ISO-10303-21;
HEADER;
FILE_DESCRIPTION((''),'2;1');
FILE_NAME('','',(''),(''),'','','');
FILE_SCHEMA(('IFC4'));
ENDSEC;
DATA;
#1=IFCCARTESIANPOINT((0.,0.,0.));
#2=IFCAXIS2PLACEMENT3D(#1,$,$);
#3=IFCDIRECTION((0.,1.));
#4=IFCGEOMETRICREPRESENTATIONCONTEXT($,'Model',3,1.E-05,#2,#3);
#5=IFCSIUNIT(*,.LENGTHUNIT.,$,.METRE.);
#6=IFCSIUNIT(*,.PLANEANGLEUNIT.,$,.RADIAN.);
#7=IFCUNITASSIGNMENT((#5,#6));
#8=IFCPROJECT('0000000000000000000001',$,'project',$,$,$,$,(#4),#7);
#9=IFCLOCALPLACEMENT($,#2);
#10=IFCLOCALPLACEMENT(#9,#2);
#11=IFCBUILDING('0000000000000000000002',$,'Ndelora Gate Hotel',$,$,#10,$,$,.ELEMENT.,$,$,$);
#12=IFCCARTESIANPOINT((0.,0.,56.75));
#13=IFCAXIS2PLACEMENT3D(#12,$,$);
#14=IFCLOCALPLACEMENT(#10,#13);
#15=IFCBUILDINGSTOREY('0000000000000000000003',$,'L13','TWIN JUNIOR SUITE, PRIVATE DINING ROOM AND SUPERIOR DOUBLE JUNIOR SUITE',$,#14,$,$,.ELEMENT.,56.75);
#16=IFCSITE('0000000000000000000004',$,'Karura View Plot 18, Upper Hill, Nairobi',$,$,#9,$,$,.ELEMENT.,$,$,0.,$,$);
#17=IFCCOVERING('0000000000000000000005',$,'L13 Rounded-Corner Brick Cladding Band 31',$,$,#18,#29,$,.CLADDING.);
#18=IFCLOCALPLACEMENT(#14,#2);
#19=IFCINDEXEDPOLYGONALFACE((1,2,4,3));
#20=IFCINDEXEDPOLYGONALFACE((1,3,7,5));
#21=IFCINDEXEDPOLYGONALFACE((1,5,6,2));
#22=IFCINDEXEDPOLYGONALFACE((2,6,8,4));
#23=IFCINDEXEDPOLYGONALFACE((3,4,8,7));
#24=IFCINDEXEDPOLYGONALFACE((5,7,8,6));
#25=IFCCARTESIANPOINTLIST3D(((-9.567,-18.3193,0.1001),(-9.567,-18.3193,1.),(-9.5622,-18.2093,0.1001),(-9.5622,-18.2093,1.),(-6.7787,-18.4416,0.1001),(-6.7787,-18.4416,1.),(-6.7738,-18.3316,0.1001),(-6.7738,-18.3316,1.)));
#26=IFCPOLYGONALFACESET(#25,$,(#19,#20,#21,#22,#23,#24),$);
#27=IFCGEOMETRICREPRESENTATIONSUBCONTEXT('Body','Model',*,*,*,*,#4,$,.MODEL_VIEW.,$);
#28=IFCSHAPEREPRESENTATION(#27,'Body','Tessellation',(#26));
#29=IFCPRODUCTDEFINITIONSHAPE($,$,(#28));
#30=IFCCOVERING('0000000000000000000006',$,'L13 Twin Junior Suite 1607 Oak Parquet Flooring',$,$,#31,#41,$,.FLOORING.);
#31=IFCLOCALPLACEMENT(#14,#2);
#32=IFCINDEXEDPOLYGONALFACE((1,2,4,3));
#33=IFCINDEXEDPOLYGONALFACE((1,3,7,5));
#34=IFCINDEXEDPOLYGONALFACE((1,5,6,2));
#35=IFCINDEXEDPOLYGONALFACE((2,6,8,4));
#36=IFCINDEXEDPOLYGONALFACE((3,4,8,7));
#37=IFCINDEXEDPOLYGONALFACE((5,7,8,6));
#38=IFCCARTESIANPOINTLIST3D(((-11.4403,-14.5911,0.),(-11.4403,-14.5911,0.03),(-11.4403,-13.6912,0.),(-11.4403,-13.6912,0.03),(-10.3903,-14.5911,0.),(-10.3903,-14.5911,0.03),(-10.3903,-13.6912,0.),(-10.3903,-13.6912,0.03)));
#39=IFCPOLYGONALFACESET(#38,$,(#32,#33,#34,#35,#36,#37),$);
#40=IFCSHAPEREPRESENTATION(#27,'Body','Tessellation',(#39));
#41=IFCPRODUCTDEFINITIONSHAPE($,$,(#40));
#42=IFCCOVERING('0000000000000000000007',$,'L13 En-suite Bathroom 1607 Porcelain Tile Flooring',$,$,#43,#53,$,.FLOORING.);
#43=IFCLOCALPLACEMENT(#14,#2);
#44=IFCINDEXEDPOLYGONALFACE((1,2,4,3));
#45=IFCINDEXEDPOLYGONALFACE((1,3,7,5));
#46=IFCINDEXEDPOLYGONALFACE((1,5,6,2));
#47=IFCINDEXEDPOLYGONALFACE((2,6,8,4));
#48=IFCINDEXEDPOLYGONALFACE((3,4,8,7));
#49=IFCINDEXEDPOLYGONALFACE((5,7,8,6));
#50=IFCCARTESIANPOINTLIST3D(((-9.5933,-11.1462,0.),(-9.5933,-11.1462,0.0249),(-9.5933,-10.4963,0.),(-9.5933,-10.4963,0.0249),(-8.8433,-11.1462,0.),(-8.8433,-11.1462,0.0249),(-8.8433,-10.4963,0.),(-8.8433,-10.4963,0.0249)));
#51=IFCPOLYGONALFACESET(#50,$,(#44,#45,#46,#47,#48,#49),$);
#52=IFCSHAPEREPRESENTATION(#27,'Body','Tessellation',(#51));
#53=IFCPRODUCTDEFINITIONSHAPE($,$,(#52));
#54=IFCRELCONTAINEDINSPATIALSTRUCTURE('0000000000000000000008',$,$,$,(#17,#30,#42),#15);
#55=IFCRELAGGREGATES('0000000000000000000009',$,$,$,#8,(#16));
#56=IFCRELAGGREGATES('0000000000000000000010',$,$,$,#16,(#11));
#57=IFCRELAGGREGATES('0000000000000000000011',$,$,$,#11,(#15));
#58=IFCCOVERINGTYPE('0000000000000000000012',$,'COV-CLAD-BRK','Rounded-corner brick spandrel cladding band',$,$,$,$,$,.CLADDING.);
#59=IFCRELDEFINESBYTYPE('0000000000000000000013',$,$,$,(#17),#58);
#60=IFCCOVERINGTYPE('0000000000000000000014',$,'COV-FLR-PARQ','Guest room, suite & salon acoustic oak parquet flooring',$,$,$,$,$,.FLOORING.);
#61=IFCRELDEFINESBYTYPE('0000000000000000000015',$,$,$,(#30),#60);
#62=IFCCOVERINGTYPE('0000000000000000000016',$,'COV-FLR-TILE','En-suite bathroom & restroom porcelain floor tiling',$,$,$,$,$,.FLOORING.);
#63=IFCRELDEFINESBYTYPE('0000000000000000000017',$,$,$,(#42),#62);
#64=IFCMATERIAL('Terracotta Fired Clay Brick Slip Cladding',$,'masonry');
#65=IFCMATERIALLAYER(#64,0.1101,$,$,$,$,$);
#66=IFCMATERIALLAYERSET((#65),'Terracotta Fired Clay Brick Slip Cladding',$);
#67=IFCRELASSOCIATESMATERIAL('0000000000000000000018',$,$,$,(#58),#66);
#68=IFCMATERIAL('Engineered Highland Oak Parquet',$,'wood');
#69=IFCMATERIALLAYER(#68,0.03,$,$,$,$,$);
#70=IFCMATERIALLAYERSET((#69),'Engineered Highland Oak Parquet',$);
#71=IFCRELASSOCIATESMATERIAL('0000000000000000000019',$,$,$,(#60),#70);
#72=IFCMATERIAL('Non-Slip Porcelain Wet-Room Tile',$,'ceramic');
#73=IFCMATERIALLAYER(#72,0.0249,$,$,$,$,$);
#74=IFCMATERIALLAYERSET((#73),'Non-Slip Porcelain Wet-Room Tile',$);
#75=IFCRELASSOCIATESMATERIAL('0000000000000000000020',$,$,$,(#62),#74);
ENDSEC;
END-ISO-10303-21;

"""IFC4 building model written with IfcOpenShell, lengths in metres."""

from ifc_helpers import new_model, si_unit, direction, frame, origin, origin_2d, place, context, subcontext, project, spatial, rectangle, extrude, material, layer, layer_set, type_object, element, save


model = new_model("IFC4")

# Units and contexts
model_context = context("Model", 3, precision=1e-05, world=origin(), true_north=direction((0.0, 1.0)))
body_context = subcontext(model_context, "Body", "Model", "MODEL_VIEW")
ifc_project = project(units=[si_unit("LENGTHUNIT", "METRE"), si_unit("PLANEANGLEUNIT", "RADIAN")], contexts=[model_context])

# Site, building, storey
site_placement = place(None, origin())
site = spatial("IfcSite", under=ifc_project, at=site_placement, Name="Karura View Plot 18, Upper Hill, Nairobi", CompositionType="ELEMENT", RefElevation=0.0)
building_placement = place(site_placement, origin())
building = spatial("IfcBuilding", under=site, at=building_placement, Name="Ndelora Gate Hotel", CompositionType="ELEMENT")
storey_placement = place(building_placement, frame((0.0, 0.0, 56.75)))
storey = spatial("IfcBuildingStorey", under=building, at=storey_placement, Name="L13", Description="TWIN JUNIOR SUITE, PRIVATE DINING ROOM AND SUPERIOR DOUBLE JUNIOR SUITE", CompositionType="ELEMENT", Elevation=56.75)

# Coverings
ifc_material_1 = material(Name="Terracotta Fired Clay Brick Slip Cladding", Category="masonry")
ifc_layer_1 = layer(ifc_material_1, 0.1101)
ifc_layer_set_1 = layer_set([ifc_layer_1], Name="Terracotta Fired Clay Brick Slip Cladding")
covering_type_1 = type_object("IfcCoveringType", Name="COV-CLAD-BRK", Description="Rounded-corner brick spandrel cladding band", PredefinedType="CLADDING", material=ifc_layer_set_1)
covering_1_placement = place(storey_placement, frame((-8.1704, -18.3254, 0.1001), z_axis=(0.0, 0.0, 1.0), x_axis=(-0.999041, 0.043794, 0.0)))
element("IfcCovering", 1, at=covering_1_placement, inside=storey, type_object=covering_type_1, Name="L13 Rounded-Corner Brick Cladding Band 31", PredefinedType="CLADDING", context=body_context, shape_type="SweptSolid", body=[
    extrude(rectangle(XDim=2.791, YDim=0.1101, at=origin_2d()), origin(), (0.0, 0.0, 1.0), 0.8999),
])
ifc_material_2 = material(Name="Engineered Highland Oak Parquet", Category="wood")
ifc_layer_2 = layer(ifc_material_2, 0.03)
ifc_layer_set_2 = layer_set([ifc_layer_2], Name="Engineered Highland Oak Parquet")
covering_type_2 = type_object("IfcCoveringType", Name="COV-FLR-PARQ", Description="Guest room, suite & salon acoustic oak parquet flooring", PredefinedType="FLOORING", material=ifc_layer_set_2)
covering_2_placement = place(storey_placement, frame((-10.9153, -14.1411, 0.0), z_axis=(0.0, 0.0, 1.0), x_axis=(1.0, 0.0, 0.0)))
element("IfcCovering", 2, at=covering_2_placement, inside=storey, type_object=covering_type_2, Name="L13 Twin Junior Suite 1607 Oak Parquet Flooring", PredefinedType="FLOORING", context=body_context, shape_type="SweptSolid", body=[
    extrude(rectangle(XDim=1.05, YDim=0.8999, at=origin_2d()), origin(), (0.0, 0.0, 1.0), 0.03),
])
ifc_material_3 = material(Name="Non-Slip Porcelain Wet-Room Tile", Category="ceramic")
ifc_layer_3 = layer(ifc_material_3, 0.0249)
ifc_layer_set_3 = layer_set([ifc_layer_3], Name="Non-Slip Porcelain Wet-Room Tile")
covering_type_3 = type_object("IfcCoveringType", Name="COV-FLR-TILE", Description="En-suite bathroom & restroom porcelain floor tiling", PredefinedType="FLOORING", material=ifc_layer_set_3)
covering_3_placement = place(storey_placement, frame((-9.2183, -10.8213, 0.0), z_axis=(0.0, 0.0, 1.0), x_axis=(1.0, 0.0, 0.0)))
element("IfcCovering", 3, at=covering_3_placement, inside=storey, type_object=covering_type_3, Name="L13 En-suite Bathroom 1607 Porcelain Tile Flooring", PredefinedType="FLOORING", context=body_context, shape_type="SweptSolid", body=[
    extrude(rectangle(XDim=0.75, YDim=0.6499, at=origin_2d()), origin(), (0.0, 0.0, 1.0), 0.0249),
])

save(model, "model.ifc")
